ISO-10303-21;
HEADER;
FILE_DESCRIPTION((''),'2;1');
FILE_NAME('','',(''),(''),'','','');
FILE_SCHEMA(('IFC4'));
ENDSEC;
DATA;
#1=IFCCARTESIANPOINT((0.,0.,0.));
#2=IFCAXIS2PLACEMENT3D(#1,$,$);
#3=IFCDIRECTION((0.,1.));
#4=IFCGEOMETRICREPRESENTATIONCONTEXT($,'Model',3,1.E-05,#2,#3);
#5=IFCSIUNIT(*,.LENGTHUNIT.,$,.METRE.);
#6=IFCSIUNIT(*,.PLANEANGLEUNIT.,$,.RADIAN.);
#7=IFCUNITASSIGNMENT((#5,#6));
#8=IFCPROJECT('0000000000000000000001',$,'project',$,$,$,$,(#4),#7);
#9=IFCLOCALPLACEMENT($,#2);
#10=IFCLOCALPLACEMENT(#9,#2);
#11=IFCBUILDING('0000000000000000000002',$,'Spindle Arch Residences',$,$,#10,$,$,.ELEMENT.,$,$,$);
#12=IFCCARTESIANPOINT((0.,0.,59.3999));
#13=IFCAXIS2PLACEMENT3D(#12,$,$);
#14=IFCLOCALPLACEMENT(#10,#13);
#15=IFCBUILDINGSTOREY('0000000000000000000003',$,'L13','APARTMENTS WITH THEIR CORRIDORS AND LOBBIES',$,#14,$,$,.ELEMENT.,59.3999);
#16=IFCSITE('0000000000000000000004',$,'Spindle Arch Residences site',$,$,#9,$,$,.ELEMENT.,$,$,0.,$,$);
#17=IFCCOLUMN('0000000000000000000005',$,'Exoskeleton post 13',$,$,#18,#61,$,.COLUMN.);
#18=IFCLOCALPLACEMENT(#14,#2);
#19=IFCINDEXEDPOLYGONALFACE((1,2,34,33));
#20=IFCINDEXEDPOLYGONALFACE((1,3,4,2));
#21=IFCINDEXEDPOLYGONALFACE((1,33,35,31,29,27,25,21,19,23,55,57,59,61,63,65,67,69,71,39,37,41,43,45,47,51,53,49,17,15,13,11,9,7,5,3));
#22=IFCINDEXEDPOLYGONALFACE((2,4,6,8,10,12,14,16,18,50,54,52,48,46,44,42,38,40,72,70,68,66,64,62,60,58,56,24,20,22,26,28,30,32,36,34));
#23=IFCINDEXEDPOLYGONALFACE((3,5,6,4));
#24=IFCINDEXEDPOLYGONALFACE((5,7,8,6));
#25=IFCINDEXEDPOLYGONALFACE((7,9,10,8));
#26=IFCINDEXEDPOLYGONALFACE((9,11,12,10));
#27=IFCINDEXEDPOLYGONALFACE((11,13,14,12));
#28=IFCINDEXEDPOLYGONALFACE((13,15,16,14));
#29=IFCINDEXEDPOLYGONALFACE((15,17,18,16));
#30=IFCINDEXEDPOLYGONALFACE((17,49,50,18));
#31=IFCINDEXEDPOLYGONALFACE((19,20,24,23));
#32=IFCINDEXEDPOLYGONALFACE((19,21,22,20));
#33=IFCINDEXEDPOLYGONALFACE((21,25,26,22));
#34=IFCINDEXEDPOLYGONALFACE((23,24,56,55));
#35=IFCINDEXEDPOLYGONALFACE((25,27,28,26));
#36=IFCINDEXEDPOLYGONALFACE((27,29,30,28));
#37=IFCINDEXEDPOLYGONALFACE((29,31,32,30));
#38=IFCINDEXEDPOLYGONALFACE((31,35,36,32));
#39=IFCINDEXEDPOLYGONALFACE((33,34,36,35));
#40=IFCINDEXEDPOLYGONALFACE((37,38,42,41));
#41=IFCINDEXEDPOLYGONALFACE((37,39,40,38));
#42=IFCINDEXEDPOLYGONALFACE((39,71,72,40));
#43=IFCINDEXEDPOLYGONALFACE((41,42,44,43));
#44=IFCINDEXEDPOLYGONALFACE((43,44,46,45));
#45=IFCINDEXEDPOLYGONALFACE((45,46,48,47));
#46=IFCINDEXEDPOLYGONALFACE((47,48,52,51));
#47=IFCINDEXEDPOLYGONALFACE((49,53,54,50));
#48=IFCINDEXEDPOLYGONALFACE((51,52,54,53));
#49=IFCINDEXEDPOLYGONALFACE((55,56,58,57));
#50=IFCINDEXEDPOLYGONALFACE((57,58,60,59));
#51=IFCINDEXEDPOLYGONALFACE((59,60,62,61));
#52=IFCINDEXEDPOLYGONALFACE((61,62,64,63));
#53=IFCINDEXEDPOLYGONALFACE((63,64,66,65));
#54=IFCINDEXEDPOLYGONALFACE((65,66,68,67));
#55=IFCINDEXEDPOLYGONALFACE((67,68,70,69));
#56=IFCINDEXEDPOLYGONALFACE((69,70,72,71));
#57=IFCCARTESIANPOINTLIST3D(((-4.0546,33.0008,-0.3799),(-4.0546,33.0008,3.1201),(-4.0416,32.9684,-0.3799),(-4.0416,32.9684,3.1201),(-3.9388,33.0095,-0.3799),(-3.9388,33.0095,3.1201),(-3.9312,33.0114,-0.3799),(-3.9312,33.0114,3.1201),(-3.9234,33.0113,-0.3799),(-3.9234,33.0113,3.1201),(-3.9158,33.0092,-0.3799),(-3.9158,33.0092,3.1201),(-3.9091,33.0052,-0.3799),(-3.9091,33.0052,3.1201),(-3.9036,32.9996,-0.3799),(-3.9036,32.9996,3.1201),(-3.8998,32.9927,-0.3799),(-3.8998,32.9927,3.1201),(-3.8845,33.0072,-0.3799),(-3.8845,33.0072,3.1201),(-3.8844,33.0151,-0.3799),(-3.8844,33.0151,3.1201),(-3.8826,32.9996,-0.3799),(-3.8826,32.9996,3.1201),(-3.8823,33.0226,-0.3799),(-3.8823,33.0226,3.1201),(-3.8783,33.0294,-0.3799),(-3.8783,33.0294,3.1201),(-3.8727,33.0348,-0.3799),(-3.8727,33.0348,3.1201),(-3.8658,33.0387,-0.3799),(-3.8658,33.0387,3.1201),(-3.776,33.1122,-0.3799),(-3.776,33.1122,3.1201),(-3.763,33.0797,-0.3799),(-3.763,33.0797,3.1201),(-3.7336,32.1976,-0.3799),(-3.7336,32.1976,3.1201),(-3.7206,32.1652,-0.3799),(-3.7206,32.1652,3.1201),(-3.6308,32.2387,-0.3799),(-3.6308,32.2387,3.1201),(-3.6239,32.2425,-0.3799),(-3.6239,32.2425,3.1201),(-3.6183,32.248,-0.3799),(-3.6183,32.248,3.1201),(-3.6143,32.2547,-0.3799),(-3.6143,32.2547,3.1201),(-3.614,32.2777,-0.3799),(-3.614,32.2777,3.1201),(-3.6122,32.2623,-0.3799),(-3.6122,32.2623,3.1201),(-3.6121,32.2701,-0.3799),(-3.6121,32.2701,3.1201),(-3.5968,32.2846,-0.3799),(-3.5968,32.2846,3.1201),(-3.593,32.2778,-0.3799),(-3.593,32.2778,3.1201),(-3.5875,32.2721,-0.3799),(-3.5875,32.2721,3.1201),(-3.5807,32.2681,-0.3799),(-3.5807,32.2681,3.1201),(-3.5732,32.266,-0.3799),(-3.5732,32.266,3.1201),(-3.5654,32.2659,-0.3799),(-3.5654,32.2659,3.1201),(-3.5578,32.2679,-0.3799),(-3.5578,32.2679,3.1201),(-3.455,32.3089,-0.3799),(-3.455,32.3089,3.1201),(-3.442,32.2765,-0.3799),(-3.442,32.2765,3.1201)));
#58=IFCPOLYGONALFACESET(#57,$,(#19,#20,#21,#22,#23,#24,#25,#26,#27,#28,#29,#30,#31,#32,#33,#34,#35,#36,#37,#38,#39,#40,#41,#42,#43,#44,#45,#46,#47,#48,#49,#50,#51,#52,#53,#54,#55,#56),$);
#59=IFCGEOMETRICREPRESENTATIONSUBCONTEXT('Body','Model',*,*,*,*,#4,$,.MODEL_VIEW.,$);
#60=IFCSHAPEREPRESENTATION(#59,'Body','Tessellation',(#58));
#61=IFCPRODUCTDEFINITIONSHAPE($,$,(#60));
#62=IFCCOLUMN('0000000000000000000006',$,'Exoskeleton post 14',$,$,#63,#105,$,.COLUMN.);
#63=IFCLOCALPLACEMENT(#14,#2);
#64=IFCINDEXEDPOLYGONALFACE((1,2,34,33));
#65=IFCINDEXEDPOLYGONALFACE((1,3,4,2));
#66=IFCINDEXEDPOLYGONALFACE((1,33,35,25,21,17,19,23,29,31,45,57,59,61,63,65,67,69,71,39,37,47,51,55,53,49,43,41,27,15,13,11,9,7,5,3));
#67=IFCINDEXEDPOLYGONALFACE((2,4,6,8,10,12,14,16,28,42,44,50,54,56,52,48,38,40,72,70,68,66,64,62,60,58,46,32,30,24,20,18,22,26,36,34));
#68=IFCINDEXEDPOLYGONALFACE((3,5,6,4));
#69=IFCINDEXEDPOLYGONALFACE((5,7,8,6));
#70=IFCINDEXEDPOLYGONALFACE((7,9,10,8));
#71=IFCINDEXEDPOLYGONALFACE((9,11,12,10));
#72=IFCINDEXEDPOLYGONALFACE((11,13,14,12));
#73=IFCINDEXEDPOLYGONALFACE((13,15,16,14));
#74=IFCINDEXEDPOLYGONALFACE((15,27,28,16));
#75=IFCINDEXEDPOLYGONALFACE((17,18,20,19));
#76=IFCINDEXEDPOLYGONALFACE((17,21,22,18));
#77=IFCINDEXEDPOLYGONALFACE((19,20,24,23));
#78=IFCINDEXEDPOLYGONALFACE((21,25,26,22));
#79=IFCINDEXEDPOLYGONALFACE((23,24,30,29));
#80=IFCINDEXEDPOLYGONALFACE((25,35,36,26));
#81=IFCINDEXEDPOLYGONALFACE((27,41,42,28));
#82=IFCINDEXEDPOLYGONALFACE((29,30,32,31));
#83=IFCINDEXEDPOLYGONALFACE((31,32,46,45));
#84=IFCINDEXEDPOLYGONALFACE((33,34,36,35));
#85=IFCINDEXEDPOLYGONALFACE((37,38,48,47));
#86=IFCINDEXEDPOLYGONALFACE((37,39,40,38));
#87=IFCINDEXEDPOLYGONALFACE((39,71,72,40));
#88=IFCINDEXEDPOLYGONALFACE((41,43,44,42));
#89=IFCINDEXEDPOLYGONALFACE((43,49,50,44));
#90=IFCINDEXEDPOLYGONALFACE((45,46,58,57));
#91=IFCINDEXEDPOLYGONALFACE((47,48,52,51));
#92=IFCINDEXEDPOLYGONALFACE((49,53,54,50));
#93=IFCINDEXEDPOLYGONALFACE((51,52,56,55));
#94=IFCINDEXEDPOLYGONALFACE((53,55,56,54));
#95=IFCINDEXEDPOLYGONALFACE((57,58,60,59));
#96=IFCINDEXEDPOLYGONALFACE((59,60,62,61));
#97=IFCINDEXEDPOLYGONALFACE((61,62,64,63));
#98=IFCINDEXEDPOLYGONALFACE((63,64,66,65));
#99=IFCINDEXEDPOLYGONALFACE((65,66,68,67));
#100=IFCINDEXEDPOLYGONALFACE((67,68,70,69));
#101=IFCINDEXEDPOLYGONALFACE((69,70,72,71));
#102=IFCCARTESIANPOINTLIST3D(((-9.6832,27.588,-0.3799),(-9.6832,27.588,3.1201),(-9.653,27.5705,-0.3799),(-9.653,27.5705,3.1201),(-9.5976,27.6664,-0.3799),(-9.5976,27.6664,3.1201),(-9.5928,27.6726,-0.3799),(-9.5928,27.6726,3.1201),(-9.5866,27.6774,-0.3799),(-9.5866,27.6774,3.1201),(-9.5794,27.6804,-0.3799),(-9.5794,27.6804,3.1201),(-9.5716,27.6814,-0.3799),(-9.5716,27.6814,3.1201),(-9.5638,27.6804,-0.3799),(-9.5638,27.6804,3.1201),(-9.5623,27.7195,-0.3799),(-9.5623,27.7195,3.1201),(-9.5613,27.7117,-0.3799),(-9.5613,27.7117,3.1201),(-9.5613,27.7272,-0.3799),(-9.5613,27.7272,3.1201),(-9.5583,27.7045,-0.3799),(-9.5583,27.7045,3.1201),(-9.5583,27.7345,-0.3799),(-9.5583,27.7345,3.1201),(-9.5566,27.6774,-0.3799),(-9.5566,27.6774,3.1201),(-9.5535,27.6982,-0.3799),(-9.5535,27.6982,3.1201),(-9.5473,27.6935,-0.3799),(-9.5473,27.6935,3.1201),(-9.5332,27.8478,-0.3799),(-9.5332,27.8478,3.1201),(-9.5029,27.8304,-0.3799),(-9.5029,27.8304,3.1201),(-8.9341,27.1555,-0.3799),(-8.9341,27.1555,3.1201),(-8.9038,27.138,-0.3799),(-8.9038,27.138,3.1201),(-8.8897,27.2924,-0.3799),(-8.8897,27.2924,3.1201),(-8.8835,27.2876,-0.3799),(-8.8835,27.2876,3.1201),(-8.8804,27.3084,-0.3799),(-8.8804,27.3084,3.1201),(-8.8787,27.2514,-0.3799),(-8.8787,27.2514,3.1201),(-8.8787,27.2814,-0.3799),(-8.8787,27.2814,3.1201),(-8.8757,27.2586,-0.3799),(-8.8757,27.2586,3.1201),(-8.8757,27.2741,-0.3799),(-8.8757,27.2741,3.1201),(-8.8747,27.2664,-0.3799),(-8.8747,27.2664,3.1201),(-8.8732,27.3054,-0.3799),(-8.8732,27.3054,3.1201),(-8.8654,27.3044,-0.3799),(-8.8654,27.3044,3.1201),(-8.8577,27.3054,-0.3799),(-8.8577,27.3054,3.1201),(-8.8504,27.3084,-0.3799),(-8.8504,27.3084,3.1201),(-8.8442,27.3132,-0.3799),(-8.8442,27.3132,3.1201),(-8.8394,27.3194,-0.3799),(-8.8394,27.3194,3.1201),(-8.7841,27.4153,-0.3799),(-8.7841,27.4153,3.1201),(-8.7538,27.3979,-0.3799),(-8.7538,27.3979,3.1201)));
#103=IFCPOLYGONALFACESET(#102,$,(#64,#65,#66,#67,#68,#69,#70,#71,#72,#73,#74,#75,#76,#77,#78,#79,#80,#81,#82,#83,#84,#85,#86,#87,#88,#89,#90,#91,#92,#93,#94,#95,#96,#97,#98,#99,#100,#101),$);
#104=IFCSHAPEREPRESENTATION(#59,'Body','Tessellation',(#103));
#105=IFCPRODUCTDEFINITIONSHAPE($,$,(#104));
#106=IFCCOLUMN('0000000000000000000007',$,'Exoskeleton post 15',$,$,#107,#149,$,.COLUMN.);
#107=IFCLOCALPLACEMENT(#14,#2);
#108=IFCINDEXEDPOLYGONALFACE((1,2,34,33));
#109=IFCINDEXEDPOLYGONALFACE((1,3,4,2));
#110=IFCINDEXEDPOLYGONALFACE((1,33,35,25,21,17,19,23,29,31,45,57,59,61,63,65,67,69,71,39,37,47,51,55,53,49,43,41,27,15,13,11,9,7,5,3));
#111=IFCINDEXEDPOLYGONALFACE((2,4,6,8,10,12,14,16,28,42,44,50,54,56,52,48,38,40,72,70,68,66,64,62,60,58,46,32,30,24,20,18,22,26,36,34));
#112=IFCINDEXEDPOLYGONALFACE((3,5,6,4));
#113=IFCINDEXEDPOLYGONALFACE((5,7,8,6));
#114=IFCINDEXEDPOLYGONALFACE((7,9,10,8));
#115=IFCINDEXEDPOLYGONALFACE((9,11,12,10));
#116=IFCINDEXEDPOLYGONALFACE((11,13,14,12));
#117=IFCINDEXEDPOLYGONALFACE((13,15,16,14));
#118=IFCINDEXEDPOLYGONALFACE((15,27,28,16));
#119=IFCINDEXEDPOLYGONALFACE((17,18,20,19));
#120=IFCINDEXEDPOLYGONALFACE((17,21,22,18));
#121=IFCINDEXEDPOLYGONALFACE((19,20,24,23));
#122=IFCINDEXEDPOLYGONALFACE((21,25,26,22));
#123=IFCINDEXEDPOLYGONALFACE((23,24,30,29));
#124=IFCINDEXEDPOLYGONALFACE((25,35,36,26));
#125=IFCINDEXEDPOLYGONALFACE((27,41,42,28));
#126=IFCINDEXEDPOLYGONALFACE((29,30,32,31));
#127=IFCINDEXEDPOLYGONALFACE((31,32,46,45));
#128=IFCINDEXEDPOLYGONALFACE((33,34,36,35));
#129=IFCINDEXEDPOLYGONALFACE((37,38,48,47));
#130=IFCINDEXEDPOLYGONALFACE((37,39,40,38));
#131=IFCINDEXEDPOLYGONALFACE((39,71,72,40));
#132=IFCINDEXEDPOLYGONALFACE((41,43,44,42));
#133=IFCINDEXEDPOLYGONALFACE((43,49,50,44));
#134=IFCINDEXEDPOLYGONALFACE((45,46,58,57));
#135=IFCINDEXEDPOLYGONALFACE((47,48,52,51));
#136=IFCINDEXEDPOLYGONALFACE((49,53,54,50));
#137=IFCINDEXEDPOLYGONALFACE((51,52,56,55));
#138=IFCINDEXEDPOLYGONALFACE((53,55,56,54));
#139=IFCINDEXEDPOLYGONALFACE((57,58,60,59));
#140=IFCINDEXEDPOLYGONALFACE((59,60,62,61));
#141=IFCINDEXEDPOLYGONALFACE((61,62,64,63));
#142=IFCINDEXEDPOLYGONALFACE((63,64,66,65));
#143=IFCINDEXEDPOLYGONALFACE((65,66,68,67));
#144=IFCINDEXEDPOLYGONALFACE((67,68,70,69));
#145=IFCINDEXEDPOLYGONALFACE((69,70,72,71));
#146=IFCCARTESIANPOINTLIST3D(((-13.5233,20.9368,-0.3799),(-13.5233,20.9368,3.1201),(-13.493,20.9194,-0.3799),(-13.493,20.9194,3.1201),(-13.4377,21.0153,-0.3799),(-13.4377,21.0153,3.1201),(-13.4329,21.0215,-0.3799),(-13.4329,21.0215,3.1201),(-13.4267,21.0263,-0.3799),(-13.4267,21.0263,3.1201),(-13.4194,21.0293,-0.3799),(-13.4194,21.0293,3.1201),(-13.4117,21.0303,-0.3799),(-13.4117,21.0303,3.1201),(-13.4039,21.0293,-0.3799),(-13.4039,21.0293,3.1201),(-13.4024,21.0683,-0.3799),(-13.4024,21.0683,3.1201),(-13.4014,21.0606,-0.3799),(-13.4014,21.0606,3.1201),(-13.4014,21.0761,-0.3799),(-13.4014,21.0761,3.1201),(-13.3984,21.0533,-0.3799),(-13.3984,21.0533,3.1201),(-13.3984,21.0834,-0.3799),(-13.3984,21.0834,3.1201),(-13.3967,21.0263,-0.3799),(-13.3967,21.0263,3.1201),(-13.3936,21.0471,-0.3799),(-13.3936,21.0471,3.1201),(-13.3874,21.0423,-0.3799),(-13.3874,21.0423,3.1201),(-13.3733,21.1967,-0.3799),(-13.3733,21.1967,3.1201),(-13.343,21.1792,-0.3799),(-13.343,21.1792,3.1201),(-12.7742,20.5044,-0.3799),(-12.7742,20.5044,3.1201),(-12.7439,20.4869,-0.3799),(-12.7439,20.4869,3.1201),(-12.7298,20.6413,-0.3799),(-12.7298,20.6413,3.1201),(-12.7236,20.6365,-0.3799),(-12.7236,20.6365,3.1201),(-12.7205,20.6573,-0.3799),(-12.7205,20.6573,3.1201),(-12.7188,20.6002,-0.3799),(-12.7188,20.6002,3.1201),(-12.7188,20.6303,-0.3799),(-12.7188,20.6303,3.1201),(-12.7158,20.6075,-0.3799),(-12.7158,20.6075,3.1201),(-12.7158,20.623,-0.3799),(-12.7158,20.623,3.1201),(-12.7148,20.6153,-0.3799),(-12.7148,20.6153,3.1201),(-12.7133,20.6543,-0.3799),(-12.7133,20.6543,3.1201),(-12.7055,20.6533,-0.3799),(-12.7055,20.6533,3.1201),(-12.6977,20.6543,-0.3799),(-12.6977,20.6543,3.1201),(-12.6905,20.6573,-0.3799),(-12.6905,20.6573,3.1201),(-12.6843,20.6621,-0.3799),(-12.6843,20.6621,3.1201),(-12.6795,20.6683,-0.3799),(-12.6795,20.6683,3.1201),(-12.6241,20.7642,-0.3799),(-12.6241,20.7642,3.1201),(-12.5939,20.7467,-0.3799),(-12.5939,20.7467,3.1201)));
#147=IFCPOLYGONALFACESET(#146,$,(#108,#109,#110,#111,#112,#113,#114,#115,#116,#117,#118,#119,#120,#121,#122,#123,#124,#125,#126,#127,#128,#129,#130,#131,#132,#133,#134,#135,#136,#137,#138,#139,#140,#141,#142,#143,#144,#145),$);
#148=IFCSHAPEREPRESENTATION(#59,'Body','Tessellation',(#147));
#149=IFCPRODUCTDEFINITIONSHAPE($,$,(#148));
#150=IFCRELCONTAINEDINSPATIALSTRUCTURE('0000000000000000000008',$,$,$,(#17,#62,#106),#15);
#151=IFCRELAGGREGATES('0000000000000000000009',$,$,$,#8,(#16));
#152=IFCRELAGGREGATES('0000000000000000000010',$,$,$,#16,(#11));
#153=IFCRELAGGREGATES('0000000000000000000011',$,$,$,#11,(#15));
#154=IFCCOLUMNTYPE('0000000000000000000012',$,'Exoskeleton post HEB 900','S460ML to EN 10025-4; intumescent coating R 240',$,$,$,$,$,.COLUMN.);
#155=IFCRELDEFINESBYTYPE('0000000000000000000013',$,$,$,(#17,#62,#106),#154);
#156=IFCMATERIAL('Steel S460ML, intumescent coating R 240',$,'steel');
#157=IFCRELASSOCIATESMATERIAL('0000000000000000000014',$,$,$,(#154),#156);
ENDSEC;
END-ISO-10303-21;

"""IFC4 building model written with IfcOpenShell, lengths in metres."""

from ifc_helpers import new_model, si_unit, direction, frame, origin, origin_2d, place, context, subcontext, project, spatial, i_section, extrude, material, material_profile, profile_set, type_object, element, save


model = new_model("IFC4")

# Units and contexts
model_context = context("Model", 3, precision=1e-05, world=origin(), true_north=direction((0.0, 1.0)))
body_context = subcontext(model_context, "Body", "Model", "MODEL_VIEW")
ifc_project = project(units=[si_unit("LENGTHUNIT", "METRE"), si_unit("PLANEANGLEUNIT", "RADIAN")], contexts=[model_context])

# Site, building, storey
site_placement = place(None, origin())
site = spatial("IfcSite", under=ifc_project, at=site_placement, Name="Spindle Arch Residences site", CompositionType="ELEMENT", RefElevation=0.0)
building_placement = place(site_placement, origin())
building = spatial("IfcBuilding", under=site, at=building_placement, Name="Spindle Arch Residences", CompositionType="ELEMENT")
storey_placement = place(building_placement, frame((0.0, 0.0, 59.3999)))
storey = spatial("IfcBuildingStorey", under=building, at=storey_placement, Name="L13", Description="APARTMENTS WITH THEIR CORRIDORS AND LOBBIES", CompositionType="ELEMENT", Elevation=59.3999)

# Columns
ifc_material_1 = material(Name="Steel S460ML, intumescent coating R 240", Category="steel")
ifc_material_profile_1 = material_profile(ifc_material_1, i_section(OverallWidth=0.3, OverallDepth=0.8999, WebThickness=0.0186, FlangeThickness=0.0349, FilletRadius=0.03, at=origin_2d()), Name="HEB 900")
ifc_profile_set_1 = profile_set([ifc_material_profile_1], Name="Steel S460ML, intumescent coating R 240")
column_type_1 = type_object("IfcColumnType", Name="Exoskeleton post HEB 900", Description="S460ML to EN 10025-4; intumescent coating R 240", PredefinedType="COLUMN", material=ifc_profile_set_1)
for number, where, z_axis, x_axis, name in (
    (1, (-3.7483, 32.6387, -0.3799), (0.0, 0.0, 1.0), (0.92859, 0.371108, 0.0), "Exoskeleton post 13"),
    (2, (-9.2185, 27.4929, -0.3799), (0.0, 0.0, 1.0), (0.5, 0.866025, 0.0), "Exoskeleton post 14"),
    (3, (-13.0586, 20.8418, -0.3799), (0.0, 0.0, 1.0), (0.5, 0.866025, 0.0), "Exoskeleton post 15"),
):
    element("IfcColumn", number, at=place(storey_placement, frame(where, z_axis=z_axis, x_axis=x_axis)), inside=storey, type_object=column_type_1, Name=name, PredefinedType="COLUMN", context=body_context, shape_type="SweptSolid", body=[
        extrude(i_section(OverallWidth=0.3, OverallDepth=0.8999, WebThickness=0.0186, FlangeThickness=0.0349, FilletRadius=0.03, at=origin_2d()), origin(), (0.0, 0.0, 1.0), 3.5),
    ])

save(model, "model.ifc")
